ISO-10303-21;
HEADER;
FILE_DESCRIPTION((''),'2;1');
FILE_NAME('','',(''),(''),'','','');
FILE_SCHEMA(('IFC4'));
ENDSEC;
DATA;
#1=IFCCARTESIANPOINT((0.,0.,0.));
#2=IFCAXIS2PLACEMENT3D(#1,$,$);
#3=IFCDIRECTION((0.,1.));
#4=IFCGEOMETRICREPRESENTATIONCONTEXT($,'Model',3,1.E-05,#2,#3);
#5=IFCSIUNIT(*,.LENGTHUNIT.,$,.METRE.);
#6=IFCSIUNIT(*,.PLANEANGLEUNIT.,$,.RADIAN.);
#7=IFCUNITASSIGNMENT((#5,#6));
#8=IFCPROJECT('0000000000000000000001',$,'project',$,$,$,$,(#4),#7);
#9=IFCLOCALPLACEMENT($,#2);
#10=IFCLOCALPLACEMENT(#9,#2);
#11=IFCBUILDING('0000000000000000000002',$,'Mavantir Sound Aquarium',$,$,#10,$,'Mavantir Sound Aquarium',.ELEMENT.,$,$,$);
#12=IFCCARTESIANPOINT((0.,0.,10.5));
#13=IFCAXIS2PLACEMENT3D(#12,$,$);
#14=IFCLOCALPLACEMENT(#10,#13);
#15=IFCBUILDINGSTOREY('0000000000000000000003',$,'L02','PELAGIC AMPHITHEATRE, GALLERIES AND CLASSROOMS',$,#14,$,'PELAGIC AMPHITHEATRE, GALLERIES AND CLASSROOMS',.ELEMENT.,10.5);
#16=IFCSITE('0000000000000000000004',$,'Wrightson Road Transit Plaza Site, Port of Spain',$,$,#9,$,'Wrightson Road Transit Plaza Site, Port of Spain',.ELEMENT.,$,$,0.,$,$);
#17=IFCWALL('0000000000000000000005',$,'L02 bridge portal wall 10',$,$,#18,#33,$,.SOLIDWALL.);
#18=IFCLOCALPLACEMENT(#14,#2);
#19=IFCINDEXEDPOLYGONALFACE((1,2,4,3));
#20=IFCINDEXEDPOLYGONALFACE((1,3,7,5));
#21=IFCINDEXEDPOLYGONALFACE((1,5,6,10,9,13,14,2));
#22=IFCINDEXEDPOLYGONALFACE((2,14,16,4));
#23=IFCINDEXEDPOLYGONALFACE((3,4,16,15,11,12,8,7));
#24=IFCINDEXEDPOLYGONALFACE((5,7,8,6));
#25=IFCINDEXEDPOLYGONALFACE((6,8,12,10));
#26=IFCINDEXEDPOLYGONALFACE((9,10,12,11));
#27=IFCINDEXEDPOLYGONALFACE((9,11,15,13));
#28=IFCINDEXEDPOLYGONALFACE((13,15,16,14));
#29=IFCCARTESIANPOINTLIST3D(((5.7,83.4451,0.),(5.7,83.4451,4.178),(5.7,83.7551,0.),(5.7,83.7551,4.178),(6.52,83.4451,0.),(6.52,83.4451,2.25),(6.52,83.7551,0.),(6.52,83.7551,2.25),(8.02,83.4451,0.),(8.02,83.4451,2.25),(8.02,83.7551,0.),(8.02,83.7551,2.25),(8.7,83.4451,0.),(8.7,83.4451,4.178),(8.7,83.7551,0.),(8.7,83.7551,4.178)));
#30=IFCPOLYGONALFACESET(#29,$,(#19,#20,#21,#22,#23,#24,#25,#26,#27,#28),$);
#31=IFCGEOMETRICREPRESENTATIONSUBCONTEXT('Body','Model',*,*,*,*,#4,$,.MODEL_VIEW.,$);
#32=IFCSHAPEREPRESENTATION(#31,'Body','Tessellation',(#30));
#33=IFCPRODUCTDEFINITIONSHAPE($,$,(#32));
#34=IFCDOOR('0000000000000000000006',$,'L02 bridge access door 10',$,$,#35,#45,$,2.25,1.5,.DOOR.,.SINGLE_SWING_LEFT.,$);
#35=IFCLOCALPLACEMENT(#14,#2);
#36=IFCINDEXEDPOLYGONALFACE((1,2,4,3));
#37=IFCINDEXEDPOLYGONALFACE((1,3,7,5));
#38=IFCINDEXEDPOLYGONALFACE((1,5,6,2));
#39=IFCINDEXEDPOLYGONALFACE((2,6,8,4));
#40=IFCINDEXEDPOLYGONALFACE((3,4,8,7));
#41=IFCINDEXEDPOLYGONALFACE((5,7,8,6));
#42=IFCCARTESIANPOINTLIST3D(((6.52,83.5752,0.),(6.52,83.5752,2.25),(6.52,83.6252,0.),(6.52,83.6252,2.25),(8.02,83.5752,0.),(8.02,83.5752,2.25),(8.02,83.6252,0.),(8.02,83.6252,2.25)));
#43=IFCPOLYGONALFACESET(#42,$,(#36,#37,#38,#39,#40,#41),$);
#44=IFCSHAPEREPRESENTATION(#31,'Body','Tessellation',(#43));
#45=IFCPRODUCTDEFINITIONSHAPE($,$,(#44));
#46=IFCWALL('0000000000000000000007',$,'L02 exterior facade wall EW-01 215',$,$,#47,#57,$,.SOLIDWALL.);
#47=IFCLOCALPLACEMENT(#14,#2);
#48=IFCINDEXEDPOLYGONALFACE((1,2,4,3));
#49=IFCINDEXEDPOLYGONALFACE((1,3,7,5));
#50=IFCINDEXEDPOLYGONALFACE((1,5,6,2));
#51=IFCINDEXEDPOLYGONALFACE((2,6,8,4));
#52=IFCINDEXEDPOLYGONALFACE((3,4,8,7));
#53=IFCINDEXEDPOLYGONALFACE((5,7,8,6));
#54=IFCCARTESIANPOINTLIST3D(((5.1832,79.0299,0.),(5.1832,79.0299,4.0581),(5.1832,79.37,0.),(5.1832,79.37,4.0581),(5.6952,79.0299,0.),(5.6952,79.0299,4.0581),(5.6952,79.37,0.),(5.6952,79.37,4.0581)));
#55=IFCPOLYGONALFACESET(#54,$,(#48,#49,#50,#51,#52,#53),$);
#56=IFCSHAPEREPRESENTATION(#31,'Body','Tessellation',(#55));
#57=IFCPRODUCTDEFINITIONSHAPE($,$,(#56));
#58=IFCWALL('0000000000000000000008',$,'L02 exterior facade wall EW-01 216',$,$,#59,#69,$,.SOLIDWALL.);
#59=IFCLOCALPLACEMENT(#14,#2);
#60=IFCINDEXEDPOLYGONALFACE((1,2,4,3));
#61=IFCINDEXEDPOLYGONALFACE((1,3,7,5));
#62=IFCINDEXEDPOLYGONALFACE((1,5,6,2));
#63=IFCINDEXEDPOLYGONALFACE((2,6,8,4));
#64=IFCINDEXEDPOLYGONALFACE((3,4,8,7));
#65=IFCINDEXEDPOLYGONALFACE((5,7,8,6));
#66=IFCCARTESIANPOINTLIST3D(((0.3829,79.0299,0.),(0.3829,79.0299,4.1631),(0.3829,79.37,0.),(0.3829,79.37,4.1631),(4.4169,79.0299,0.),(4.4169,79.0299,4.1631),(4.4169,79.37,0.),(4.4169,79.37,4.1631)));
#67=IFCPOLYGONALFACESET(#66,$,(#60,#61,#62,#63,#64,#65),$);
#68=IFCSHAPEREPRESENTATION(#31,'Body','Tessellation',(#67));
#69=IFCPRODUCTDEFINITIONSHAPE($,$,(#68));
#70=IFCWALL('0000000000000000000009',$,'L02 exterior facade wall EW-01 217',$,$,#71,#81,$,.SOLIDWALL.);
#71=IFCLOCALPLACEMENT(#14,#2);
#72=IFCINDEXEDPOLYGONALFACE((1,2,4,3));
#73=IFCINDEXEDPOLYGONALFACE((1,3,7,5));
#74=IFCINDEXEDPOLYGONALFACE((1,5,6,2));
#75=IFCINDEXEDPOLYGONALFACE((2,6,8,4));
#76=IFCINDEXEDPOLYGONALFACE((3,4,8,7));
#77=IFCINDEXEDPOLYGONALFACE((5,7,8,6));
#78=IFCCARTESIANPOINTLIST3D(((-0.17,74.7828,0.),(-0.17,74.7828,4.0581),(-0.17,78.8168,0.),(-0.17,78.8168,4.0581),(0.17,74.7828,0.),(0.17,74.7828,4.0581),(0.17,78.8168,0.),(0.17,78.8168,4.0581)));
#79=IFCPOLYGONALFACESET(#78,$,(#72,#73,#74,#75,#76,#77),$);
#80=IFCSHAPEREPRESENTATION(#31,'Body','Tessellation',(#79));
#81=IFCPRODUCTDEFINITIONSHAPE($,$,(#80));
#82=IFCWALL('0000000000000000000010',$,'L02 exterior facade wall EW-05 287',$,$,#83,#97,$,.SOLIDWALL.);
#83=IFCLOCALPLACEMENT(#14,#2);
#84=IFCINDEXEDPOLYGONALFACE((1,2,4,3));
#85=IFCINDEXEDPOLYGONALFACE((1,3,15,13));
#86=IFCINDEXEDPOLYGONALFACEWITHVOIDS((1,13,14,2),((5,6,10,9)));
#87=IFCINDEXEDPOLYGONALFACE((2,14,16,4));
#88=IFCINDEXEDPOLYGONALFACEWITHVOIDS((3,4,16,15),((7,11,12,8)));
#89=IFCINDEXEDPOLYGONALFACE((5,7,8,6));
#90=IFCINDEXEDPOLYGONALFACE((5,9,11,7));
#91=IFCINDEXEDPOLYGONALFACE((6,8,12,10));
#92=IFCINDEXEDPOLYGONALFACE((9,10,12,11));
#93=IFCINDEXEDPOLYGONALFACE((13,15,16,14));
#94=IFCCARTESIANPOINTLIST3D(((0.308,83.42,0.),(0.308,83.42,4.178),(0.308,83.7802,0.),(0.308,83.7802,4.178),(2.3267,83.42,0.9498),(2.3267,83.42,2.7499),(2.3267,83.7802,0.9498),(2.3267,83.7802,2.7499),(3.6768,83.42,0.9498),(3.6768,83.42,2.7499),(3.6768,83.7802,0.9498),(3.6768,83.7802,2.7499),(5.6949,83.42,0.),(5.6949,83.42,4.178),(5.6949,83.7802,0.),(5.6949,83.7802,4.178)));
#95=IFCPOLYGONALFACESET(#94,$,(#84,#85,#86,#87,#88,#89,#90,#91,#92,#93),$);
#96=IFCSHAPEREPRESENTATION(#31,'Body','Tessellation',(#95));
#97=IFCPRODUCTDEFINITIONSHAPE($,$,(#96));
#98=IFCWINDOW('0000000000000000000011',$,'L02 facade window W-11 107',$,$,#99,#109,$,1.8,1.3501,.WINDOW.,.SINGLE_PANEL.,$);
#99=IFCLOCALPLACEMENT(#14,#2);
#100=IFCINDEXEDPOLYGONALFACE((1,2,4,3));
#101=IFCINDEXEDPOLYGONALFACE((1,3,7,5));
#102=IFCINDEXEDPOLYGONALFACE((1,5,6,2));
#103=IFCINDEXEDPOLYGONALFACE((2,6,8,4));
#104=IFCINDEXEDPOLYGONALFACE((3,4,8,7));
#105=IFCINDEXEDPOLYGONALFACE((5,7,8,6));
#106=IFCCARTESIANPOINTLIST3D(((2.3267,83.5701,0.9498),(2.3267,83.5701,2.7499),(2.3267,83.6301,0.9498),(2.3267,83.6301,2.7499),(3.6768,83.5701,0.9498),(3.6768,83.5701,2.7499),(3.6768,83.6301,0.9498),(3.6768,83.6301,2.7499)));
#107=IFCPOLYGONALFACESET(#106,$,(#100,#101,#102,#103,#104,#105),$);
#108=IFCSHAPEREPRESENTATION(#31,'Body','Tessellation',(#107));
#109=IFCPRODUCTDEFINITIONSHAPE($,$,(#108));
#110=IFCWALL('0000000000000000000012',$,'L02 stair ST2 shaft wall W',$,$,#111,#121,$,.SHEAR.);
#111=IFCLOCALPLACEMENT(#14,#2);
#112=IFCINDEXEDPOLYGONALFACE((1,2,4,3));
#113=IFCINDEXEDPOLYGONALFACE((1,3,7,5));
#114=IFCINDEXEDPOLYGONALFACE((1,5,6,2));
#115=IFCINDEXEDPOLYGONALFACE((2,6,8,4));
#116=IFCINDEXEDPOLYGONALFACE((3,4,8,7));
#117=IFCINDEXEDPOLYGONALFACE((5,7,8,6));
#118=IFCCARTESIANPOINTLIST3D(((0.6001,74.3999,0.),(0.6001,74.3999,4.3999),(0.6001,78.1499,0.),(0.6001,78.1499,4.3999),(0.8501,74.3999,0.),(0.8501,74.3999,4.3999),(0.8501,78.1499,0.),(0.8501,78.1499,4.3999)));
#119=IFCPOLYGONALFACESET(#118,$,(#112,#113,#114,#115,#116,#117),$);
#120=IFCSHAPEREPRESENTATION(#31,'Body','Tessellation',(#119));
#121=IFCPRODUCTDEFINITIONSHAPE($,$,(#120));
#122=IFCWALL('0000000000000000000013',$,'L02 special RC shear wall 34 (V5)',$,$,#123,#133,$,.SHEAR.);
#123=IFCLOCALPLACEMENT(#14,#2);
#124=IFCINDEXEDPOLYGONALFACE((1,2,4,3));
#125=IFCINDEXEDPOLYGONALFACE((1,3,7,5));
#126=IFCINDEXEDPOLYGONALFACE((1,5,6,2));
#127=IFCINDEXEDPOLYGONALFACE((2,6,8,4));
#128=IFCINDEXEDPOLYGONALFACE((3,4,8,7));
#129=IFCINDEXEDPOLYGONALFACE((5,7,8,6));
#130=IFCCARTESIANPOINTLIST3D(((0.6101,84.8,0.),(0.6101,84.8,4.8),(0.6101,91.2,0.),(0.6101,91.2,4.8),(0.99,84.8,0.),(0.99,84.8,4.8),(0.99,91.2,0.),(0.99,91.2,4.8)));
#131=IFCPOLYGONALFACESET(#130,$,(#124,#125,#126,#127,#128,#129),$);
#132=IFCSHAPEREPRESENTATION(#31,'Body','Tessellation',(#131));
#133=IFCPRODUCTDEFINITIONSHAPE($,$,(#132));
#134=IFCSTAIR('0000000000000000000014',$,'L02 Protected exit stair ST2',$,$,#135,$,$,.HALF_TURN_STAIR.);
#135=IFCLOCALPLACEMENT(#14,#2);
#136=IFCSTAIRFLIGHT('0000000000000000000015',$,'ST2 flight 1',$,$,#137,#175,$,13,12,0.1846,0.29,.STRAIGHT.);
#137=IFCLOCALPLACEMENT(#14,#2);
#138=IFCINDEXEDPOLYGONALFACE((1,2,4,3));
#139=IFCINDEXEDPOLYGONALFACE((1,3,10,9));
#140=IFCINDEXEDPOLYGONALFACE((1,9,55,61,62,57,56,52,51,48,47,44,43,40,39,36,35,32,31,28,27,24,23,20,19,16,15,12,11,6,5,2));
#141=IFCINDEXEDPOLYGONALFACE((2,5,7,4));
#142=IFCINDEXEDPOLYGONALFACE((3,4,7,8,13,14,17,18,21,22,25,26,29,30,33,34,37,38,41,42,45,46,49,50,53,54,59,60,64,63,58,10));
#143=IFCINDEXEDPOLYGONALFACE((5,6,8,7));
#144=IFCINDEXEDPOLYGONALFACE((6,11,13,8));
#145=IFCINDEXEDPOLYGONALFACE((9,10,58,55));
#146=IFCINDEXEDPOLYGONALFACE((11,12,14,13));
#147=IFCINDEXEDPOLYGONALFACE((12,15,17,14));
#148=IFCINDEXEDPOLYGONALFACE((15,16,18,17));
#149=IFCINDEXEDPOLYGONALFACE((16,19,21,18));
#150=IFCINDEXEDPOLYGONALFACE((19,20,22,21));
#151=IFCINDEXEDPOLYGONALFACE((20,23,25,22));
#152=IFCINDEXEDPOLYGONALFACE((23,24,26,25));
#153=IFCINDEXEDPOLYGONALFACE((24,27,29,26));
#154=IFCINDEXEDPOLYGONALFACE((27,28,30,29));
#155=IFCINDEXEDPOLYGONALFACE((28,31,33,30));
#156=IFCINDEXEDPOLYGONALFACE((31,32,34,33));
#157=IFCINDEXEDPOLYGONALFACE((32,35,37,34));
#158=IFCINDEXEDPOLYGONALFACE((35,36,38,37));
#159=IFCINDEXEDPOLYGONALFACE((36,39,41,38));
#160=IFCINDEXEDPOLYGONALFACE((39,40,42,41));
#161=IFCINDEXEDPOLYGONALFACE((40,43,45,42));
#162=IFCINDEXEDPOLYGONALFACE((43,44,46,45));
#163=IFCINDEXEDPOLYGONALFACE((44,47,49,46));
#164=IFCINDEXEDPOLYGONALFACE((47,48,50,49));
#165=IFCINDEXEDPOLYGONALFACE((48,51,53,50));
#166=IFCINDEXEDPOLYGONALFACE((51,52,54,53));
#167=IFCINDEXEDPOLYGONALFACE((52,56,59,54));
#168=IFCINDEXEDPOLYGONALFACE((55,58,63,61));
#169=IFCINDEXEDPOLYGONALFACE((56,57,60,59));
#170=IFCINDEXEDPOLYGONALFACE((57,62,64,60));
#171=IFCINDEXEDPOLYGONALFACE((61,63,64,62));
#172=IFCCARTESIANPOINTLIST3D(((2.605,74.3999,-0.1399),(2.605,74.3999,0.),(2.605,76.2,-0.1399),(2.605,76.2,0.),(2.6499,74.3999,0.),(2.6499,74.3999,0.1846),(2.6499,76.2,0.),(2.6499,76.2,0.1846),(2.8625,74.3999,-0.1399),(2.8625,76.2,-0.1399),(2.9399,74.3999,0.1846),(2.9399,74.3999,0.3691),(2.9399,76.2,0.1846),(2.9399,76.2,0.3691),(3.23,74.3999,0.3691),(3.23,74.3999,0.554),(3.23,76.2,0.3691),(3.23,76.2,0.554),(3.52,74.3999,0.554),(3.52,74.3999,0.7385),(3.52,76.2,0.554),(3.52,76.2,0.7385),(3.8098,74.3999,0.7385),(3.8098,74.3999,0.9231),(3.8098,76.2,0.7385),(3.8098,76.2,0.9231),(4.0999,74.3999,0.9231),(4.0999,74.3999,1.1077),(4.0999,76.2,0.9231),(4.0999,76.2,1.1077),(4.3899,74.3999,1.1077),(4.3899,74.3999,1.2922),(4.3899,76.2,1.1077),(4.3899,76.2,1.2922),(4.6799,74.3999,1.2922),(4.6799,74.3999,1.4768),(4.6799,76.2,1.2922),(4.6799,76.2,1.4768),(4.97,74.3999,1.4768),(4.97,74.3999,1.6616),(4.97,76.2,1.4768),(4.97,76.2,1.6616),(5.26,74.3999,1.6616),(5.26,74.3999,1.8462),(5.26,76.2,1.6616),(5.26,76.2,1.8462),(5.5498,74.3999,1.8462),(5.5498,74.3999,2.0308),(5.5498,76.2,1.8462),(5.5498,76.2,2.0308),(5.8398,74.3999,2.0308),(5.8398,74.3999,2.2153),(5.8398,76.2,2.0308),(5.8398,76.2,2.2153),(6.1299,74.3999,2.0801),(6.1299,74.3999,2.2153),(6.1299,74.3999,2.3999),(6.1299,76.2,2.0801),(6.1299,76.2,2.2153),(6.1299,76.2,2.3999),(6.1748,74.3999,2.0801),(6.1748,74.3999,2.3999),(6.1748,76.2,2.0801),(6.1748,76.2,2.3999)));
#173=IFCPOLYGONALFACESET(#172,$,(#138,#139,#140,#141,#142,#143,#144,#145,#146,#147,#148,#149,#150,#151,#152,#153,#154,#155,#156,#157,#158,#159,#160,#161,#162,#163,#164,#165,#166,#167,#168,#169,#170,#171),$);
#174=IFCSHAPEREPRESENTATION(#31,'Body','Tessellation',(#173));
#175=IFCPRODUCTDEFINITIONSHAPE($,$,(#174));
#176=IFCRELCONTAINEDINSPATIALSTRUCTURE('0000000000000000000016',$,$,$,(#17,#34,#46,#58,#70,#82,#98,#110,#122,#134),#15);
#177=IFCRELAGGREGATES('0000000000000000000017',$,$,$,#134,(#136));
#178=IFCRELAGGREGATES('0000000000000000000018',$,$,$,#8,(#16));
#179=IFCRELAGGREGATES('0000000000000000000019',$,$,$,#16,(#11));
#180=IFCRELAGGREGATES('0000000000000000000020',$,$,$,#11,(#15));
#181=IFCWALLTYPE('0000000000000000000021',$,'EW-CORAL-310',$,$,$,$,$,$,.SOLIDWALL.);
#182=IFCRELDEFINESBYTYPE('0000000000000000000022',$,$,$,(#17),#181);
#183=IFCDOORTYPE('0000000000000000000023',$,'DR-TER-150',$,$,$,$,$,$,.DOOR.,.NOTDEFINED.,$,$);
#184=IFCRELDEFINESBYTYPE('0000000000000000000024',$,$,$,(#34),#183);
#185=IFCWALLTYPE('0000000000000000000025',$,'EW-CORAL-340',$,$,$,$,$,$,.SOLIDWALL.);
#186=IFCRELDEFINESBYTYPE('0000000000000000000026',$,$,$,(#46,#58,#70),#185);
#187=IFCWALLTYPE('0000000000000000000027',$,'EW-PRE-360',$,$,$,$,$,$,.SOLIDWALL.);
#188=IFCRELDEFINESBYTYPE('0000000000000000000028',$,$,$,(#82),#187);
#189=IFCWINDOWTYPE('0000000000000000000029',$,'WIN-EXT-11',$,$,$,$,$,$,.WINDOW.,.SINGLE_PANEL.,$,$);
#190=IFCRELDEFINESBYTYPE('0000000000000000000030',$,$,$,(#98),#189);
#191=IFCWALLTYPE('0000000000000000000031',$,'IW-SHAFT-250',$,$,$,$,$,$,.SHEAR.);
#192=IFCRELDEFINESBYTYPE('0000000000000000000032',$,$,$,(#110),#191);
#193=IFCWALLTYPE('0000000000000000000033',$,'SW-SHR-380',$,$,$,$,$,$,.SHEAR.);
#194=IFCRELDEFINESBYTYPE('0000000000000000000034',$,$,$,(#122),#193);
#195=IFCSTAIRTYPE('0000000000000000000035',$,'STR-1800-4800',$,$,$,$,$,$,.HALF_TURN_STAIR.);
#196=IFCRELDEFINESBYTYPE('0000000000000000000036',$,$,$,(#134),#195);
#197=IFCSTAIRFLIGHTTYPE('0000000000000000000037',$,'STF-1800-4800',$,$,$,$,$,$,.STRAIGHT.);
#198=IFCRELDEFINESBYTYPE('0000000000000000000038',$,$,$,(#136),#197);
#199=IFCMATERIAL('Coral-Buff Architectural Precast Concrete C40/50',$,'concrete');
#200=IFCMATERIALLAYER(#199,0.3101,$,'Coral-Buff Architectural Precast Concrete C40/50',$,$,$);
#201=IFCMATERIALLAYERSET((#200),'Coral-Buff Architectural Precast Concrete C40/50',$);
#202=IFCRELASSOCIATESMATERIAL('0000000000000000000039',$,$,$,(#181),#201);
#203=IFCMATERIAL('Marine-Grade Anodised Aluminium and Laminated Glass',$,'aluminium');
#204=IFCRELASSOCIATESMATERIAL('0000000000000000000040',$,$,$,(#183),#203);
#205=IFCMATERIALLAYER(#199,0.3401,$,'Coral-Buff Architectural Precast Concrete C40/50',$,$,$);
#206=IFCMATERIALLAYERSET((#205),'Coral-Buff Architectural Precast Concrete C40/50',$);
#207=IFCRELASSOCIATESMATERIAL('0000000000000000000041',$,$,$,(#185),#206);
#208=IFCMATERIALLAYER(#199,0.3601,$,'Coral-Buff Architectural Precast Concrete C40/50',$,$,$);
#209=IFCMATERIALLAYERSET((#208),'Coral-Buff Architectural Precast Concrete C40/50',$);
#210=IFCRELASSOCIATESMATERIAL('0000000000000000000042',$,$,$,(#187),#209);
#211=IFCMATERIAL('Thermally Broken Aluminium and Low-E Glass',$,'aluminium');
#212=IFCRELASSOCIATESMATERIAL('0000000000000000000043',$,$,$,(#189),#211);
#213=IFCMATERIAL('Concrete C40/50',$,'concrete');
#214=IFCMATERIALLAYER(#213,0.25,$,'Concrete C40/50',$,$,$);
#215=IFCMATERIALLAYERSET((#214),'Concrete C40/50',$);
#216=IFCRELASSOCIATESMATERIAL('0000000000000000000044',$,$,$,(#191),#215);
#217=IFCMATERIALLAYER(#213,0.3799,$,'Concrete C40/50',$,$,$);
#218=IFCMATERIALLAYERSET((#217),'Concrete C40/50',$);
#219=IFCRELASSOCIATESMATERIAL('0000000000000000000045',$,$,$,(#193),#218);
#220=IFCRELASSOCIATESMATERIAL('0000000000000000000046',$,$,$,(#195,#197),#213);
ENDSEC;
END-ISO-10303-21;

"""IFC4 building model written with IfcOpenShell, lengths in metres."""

from ifc_helpers import new_model, si_unit, direction, frame, frame_2d, origin, place, context, subcontext, project, spatial, polyline, rectangle, outline, extrude, material, layer, layer_set, type_object, element, fill, aggregate, save


model = new_model("IFC4")

# Units and contexts
model_context = context("Model", 3, precision=1e-05, world=origin(), true_north=direction((0.0, 1.0)))
body_context = subcontext(model_context, "Body", "Model", "MODEL_VIEW")
ifc_project = project(units=[si_unit("LENGTHUNIT", "METRE"), si_unit("PLANEANGLEUNIT", "RADIAN")], contexts=[model_context])

# Site, building, storey
site_placement = place(None, origin())
site = spatial("IfcSite", under=ifc_project, at=site_placement, Name="Wrightson Road Transit Plaza Site, Port of Spain", LongName="Wrightson Road Transit Plaza Site, Port of Spain", CompositionType="ELEMENT", RefElevation=0.0)
building_placement = place(site_placement, origin())
building = spatial("IfcBuilding", under=site, at=building_placement, Name="Mavantir Sound Aquarium", LongName="Mavantir Sound Aquarium", CompositionType="ELEMENT")
storey_placement = place(building_placement, frame((0.0, 0.0, 10.5)))
storey = spatial("IfcBuildingStorey", under=building, at=storey_placement, Name="L02", Description="PELAGIC AMPHITHEATRE, GALLERIES AND CLASSROOMS", LongName="PELAGIC AMPHITHEATRE, GALLERIES AND CLASSROOMS", CompositionType="ELEMENT", Elevation=10.5)

# Shared definitions
ifc_material_1 = material(Name="Concrete C40/50", Category="concrete")

# Wall, opening, door
ifc_material_2 = material(Name="Coral-Buff Architectural Precast Concrete C40/50", Category="concrete")
ifc_layer_1 = layer(ifc_material_2, 0.3101, Name="Coral-Buff Architectural Precast Concrete C40/50")
ifc_layer_set_1 = layer_set([ifc_layer_1], Name="Coral-Buff Architectural Precast Concrete C40/50")
wall_type_1 = type_object("IfcWallType", Name="EW-CORAL-310", PredefinedType="SOLIDWALL", material=ifc_layer_set_1)
wall_1_placement = place(storey_placement, frame((5.7, 83.6001, 0.0), z_axis=(0.0, 0.0, 1.0), x_axis=(1.0, 0.0, 0.0)))
wall_1 = element("IfcWall", 1, at=wall_1_placement, inside=storey, type_object=wall_type_1, Name="L02 bridge portal wall 10", PredefinedType="SOLIDWALL", context=body_context, shape_type="SweptSolid", body=[
    extrude(rectangle(XDim=3.0, YDim=0.3101, at=frame_2d((1.5, 0.0))), origin(), (0.0, 0.0, 1.0), 4.178),
])
opening_1_placement = place(wall_1_placement, frame((2.3201, 0.0, 0.0), z_axis=(0.0, 0.0, 1.0), x_axis=(-1.0, 0.0, 0.0)))
opening_1 = element("IfcOpeningElement", 2, at=opening_1_placement, cuts=wall_1, PredefinedType="OPENING", context=body_context, shape_type="SweptSolid", body=[
    extrude(rectangle(XDim=1.5, YDim=2.25, at=frame_2d((0.75, 1.125))), frame((0.0, 0.165, 0.0), z_axis=(0.0, -1.0, 0.0), x_axis=(1.0, 0.0, 0.0)), (0.0, 0.0, 1.0), 0.3301),
])
ifc_material_3 = material(Name="Marine-Grade Anodised Aluminium and Laminated Glass", Category="aluminium")
door_type = type_object("IfcDoorType", Name="DR-TER-150", OperationType="NOTDEFINED", PredefinedType="DOOR", material=ifc_material_3)
door_placement = place(opening_1_placement, origin())
door = element("IfcDoor", 3, at=door_placement, inside=storey, type_object=door_type, Name="L02 bridge access door 10", OperationType="SINGLE_SWING_LEFT", OverallHeight=2.25, OverallWidth=1.5, PredefinedType="DOOR", context=body_context, shape_type="SweptSolid", body=[
    extrude(rectangle(XDim=1.5, YDim=2.25, at=frame_2d((0.75, 1.125))), frame((0.0, 0.0249, 0.0), z_axis=(0.0, -1.0, 0.0), x_axis=(1.0, 0.0, 0.0)), (0.0, 0.0, 1.0), 0.05),
])
fill(opening_1, door)

# Walls
ifc_layer_2 = layer(ifc_material_2, 0.3401, Name="Coral-Buff Architectural Precast Concrete C40/50")
ifc_layer_set_2 = layer_set([ifc_layer_2], Name="Coral-Buff Architectural Precast Concrete C40/50")
wall_type_2 = type_object("IfcWallType", Name="EW-CORAL-340", PredefinedType="SOLIDWALL", material=ifc_layer_set_2)
wall_2_placement = place(storey_placement, frame((5.6951, 79.2, 0.0), z_axis=(0.0, 0.0, 1.0), x_axis=(-1.0, 0.0, 0.0)))
element("IfcWall", 4, at=wall_2_placement, inside=storey, type_object=wall_type_2, Name="L02 exterior facade wall EW-01 215", PredefinedType="SOLIDWALL", context=body_context, shape_type="SweptSolid", body=[
    extrude(rectangle(XDim=0.512, YDim=0.3401, at=frame_2d((0.2559, 0.0))), origin(), (0.0, 0.0, 1.0), 4.0581),
])
wall_3_placement = place(storey_placement, frame((4.417, 79.2, 0.0), z_axis=(0.0, 0.0, 1.0), x_axis=(-1.0, 0.0, 0.0)))
element("IfcWall", 5, at=wall_3_placement, inside=storey, type_object=wall_type_2, Name="L02 exterior facade wall EW-01 216", PredefinedType="SOLIDWALL", context=body_context, shape_type="SweptSolid", body=[
    extrude(rectangle(XDim=4.0339, YDim=0.3401, at=frame_2d((2.0171, 0.0))), origin(), (0.0, 0.0, 1.0), 4.1631),
])
wall_4_placement = place(storey_placement, frame((0.0, 78.8169, 0.0), z_axis=(0.0, 0.0, 1.0), x_axis=(0.0, -1.0, 0.0)))
element("IfcWall", 6, at=wall_4_placement, inside=storey, type_object=wall_type_2, Name="L02 exterior facade wall EW-01 217", PredefinedType="SOLIDWALL", context=body_context, shape_type="SweptSolid", body=[
    extrude(rectangle(XDim=4.0339, YDim=0.3401, at=frame_2d((2.0171, 0.0))), origin(), (0.0, 0.0, 1.0), 4.0581),
])

# Wall, opening, window
ifc_layer_3 = layer(ifc_material_2, 0.3601, Name="Coral-Buff Architectural Precast Concrete C40/50")
ifc_layer_set_3 = layer_set([ifc_layer_3], Name="Coral-Buff Architectural Precast Concrete C40/50")
wall_type_3 = type_object("IfcWallType", Name="EW-PRE-360", PredefinedType="SOLIDWALL", material=ifc_layer_set_3)
wall_5_placement = place(storey_placement, frame((0.3081, 83.6001, 0.0), z_axis=(0.0, 0.0, 1.0), x_axis=(1.0, 0.0, 0.0)))
wall_5 = element("IfcWall", 7, at=wall_5_placement, inside=storey, type_object=wall_type_3, Name="L02 exterior facade wall EW-05 287", PredefinedType="SOLIDWALL", context=body_context, shape_type="SweptSolid", body=[
    extrude(rectangle(XDim=5.387, YDim=0.3601, at=frame_2d((2.6934, 0.0))), origin(), (0.0, 0.0, 1.0), 4.178),
])
opening_2_placement = place(wall_5_placement, frame((2.0186, 0.0, 0.95)))
opening_2 = element("IfcOpeningElement", 8, at=opening_2_placement, cuts=wall_5, PredefinedType="OPENING", context=body_context, shape_type="SweptSolid", body=[
    extrude(rectangle(XDim=1.3501, YDim=1.8, at=frame_2d((0.675, 0.8999))), frame((0.0, 0.1899, 0.0), z_axis=(0.0, -1.0, 0.0), x_axis=(1.0, 0.0, 0.0)), (0.0, 0.0, 1.0), 0.3801),
])
ifc_material_4 = material(Name="Thermally Broken Aluminium and Low-E Glass", Category="aluminium")
window_type = type_object("IfcWindowType", Name="WIN-EXT-11", PartitioningType="SINGLE_PANEL", PredefinedType="WINDOW", material=ifc_material_4)
window_placement = place(opening_2_placement, origin())
window = element("IfcWindow", 9, at=window_placement, inside=storey, type_object=window_type, Name="L02 facade window W-11 107", OverallHeight=1.8, OverallWidth=1.3501, PartitioningType="SINGLE_PANEL", PredefinedType="WINDOW", context=body_context, shape_type="SweptSolid", body=[
    extrude(rectangle(XDim=1.3501, YDim=1.8, at=frame_2d((0.675, 0.8999))), frame((0.0, 0.03, 0.0), z_axis=(0.0, -1.0, 0.0), x_axis=(1.0, 0.0, 0.0)), (0.0, 0.0, 1.0), 0.0601),
])
fill(opening_2, window)

# Walls
ifc_layer_4 = layer(ifc_material_1, 0.25, Name="Concrete C40/50")
ifc_layer_set_4 = layer_set([ifc_layer_4], Name="Concrete C40/50")
wall_type_4 = type_object("IfcWallType", Name="IW-SHAFT-250", PredefinedType="SHEAR", material=ifc_layer_set_4)
wall_6_placement = place(storey_placement, frame((0.7251, 78.1499, 0.0), z_axis=(0.0, 0.0, 1.0), x_axis=(0.0, -1.0, 0.0)))
element("IfcWall", 10, at=wall_6_placement, inside=storey, type_object=wall_type_4, Name="L02 stair ST2 shaft wall W", PredefinedType="SHEAR", context=body_context, shape_type="SweptSolid", body=[
    extrude(rectangle(XDim=3.75, YDim=0.25, at=frame_2d((1.875, 0.0))), origin(), (0.0, 0.0, 1.0), 4.3999),
])
ifc_layer_5 = layer(ifc_material_1, 0.3799, Name="Concrete C40/50")
ifc_layer_set_5 = layer_set([ifc_layer_5], Name="Concrete C40/50")
wall_type_5 = type_object("IfcWallType", Name="SW-SHR-380", PredefinedType="SHEAR", material=ifc_layer_set_5)
wall_7_placement = place(storey_placement, frame((0.8, 84.8, 0.0), z_axis=(0.0, 0.0, 1.0), x_axis=(0.0, 1.0, 0.0)))
element("IfcWall", 11, at=wall_7_placement, inside=storey, type_object=wall_type_5, Name="L02 special RC shear wall 34 (V5)", PredefinedType="SHEAR", context=body_context, shape_type="SweptSolid", body=[
    extrude(rectangle(XDim=6.3999, YDim=0.3799, at=frame_2d((3.2, 0.0))), origin(), (0.0, 0.0, 1.0), 4.8),
])

# Stair, stair flight
stair_type = type_object("IfcStairType", Name="STR-1800-4800", PredefinedType="HALF_TURN_STAIR", material=ifc_material_1)
stair_placement = place(storey_placement, origin())
stair = element("IfcStair", 12, at=stair_placement, inside=storey, type_object=stair_type, Name="L02 Protected exit stair ST2", PredefinedType="HALF_TURN_STAIR")
stair_flight_type = type_object("IfcStairFlightType", Name="STF-1800-4800", PredefinedType="STRAIGHT", material=ifc_material_1)
stair_flight_1_placement = place(storey_placement, frame((2.6499, 75.3, 0.0), z_axis=(0.0, 0.0, 1.0), x_axis=(1.0, 0.0, 0.0)))
stair_flight_1 = element("IfcStairFlight", 13, at=stair_flight_1_placement, type_object=stair_flight_type, Name="ST2 flight 1", NumberOfRisers=13, NumberOfTreads=12, PredefinedType="STRAIGHT", RiserHeight=0.1846, TreadLength=0.29, context=body_context, shape_type="SweptSolid", body=[
    extrude(outline(polyline([(-0.0449, -0.1399), (-0.0449, 0.0), (0.0, 0.0), (0.0, 0.1846), (0.29, 0.1846), (0.29, 0.3691), (0.5801, 0.3691), (0.5801, 0.554), (0.8701, 0.554), (0.8701, 0.7385), (1.1599, 0.7385), (1.1599, 0.9231), (1.45, 0.9231), (1.45, 1.1077), (1.74, 1.1077), (1.74, 1.2922), (2.03, 1.2922), (2.03, 1.4768), (2.3201, 1.4768), (2.3201, 1.6616), (2.6101, 1.6616), (2.6101, 1.8462), (2.8999, 1.8462), (2.8999, 2.0308), (3.1899, 2.0308), (3.1899, 2.2153), (3.48, 2.2153), (3.48, 2.3999), (3.5249, 2.3999), (3.5249, 2.0801), (3.48, 2.0801), (0.2126, -0.1399), (-0.0449, -0.1399)])), frame((0.0, 0.8999, 0.0), z_axis=(0.0, -1.0, 0.0), x_axis=(1.0, 0.0, 0.0)), (0.0, 0.0, 1.0), 1.8),
])
aggregate(stair, [stair_flight_1])

save(model, "model.ifc")
